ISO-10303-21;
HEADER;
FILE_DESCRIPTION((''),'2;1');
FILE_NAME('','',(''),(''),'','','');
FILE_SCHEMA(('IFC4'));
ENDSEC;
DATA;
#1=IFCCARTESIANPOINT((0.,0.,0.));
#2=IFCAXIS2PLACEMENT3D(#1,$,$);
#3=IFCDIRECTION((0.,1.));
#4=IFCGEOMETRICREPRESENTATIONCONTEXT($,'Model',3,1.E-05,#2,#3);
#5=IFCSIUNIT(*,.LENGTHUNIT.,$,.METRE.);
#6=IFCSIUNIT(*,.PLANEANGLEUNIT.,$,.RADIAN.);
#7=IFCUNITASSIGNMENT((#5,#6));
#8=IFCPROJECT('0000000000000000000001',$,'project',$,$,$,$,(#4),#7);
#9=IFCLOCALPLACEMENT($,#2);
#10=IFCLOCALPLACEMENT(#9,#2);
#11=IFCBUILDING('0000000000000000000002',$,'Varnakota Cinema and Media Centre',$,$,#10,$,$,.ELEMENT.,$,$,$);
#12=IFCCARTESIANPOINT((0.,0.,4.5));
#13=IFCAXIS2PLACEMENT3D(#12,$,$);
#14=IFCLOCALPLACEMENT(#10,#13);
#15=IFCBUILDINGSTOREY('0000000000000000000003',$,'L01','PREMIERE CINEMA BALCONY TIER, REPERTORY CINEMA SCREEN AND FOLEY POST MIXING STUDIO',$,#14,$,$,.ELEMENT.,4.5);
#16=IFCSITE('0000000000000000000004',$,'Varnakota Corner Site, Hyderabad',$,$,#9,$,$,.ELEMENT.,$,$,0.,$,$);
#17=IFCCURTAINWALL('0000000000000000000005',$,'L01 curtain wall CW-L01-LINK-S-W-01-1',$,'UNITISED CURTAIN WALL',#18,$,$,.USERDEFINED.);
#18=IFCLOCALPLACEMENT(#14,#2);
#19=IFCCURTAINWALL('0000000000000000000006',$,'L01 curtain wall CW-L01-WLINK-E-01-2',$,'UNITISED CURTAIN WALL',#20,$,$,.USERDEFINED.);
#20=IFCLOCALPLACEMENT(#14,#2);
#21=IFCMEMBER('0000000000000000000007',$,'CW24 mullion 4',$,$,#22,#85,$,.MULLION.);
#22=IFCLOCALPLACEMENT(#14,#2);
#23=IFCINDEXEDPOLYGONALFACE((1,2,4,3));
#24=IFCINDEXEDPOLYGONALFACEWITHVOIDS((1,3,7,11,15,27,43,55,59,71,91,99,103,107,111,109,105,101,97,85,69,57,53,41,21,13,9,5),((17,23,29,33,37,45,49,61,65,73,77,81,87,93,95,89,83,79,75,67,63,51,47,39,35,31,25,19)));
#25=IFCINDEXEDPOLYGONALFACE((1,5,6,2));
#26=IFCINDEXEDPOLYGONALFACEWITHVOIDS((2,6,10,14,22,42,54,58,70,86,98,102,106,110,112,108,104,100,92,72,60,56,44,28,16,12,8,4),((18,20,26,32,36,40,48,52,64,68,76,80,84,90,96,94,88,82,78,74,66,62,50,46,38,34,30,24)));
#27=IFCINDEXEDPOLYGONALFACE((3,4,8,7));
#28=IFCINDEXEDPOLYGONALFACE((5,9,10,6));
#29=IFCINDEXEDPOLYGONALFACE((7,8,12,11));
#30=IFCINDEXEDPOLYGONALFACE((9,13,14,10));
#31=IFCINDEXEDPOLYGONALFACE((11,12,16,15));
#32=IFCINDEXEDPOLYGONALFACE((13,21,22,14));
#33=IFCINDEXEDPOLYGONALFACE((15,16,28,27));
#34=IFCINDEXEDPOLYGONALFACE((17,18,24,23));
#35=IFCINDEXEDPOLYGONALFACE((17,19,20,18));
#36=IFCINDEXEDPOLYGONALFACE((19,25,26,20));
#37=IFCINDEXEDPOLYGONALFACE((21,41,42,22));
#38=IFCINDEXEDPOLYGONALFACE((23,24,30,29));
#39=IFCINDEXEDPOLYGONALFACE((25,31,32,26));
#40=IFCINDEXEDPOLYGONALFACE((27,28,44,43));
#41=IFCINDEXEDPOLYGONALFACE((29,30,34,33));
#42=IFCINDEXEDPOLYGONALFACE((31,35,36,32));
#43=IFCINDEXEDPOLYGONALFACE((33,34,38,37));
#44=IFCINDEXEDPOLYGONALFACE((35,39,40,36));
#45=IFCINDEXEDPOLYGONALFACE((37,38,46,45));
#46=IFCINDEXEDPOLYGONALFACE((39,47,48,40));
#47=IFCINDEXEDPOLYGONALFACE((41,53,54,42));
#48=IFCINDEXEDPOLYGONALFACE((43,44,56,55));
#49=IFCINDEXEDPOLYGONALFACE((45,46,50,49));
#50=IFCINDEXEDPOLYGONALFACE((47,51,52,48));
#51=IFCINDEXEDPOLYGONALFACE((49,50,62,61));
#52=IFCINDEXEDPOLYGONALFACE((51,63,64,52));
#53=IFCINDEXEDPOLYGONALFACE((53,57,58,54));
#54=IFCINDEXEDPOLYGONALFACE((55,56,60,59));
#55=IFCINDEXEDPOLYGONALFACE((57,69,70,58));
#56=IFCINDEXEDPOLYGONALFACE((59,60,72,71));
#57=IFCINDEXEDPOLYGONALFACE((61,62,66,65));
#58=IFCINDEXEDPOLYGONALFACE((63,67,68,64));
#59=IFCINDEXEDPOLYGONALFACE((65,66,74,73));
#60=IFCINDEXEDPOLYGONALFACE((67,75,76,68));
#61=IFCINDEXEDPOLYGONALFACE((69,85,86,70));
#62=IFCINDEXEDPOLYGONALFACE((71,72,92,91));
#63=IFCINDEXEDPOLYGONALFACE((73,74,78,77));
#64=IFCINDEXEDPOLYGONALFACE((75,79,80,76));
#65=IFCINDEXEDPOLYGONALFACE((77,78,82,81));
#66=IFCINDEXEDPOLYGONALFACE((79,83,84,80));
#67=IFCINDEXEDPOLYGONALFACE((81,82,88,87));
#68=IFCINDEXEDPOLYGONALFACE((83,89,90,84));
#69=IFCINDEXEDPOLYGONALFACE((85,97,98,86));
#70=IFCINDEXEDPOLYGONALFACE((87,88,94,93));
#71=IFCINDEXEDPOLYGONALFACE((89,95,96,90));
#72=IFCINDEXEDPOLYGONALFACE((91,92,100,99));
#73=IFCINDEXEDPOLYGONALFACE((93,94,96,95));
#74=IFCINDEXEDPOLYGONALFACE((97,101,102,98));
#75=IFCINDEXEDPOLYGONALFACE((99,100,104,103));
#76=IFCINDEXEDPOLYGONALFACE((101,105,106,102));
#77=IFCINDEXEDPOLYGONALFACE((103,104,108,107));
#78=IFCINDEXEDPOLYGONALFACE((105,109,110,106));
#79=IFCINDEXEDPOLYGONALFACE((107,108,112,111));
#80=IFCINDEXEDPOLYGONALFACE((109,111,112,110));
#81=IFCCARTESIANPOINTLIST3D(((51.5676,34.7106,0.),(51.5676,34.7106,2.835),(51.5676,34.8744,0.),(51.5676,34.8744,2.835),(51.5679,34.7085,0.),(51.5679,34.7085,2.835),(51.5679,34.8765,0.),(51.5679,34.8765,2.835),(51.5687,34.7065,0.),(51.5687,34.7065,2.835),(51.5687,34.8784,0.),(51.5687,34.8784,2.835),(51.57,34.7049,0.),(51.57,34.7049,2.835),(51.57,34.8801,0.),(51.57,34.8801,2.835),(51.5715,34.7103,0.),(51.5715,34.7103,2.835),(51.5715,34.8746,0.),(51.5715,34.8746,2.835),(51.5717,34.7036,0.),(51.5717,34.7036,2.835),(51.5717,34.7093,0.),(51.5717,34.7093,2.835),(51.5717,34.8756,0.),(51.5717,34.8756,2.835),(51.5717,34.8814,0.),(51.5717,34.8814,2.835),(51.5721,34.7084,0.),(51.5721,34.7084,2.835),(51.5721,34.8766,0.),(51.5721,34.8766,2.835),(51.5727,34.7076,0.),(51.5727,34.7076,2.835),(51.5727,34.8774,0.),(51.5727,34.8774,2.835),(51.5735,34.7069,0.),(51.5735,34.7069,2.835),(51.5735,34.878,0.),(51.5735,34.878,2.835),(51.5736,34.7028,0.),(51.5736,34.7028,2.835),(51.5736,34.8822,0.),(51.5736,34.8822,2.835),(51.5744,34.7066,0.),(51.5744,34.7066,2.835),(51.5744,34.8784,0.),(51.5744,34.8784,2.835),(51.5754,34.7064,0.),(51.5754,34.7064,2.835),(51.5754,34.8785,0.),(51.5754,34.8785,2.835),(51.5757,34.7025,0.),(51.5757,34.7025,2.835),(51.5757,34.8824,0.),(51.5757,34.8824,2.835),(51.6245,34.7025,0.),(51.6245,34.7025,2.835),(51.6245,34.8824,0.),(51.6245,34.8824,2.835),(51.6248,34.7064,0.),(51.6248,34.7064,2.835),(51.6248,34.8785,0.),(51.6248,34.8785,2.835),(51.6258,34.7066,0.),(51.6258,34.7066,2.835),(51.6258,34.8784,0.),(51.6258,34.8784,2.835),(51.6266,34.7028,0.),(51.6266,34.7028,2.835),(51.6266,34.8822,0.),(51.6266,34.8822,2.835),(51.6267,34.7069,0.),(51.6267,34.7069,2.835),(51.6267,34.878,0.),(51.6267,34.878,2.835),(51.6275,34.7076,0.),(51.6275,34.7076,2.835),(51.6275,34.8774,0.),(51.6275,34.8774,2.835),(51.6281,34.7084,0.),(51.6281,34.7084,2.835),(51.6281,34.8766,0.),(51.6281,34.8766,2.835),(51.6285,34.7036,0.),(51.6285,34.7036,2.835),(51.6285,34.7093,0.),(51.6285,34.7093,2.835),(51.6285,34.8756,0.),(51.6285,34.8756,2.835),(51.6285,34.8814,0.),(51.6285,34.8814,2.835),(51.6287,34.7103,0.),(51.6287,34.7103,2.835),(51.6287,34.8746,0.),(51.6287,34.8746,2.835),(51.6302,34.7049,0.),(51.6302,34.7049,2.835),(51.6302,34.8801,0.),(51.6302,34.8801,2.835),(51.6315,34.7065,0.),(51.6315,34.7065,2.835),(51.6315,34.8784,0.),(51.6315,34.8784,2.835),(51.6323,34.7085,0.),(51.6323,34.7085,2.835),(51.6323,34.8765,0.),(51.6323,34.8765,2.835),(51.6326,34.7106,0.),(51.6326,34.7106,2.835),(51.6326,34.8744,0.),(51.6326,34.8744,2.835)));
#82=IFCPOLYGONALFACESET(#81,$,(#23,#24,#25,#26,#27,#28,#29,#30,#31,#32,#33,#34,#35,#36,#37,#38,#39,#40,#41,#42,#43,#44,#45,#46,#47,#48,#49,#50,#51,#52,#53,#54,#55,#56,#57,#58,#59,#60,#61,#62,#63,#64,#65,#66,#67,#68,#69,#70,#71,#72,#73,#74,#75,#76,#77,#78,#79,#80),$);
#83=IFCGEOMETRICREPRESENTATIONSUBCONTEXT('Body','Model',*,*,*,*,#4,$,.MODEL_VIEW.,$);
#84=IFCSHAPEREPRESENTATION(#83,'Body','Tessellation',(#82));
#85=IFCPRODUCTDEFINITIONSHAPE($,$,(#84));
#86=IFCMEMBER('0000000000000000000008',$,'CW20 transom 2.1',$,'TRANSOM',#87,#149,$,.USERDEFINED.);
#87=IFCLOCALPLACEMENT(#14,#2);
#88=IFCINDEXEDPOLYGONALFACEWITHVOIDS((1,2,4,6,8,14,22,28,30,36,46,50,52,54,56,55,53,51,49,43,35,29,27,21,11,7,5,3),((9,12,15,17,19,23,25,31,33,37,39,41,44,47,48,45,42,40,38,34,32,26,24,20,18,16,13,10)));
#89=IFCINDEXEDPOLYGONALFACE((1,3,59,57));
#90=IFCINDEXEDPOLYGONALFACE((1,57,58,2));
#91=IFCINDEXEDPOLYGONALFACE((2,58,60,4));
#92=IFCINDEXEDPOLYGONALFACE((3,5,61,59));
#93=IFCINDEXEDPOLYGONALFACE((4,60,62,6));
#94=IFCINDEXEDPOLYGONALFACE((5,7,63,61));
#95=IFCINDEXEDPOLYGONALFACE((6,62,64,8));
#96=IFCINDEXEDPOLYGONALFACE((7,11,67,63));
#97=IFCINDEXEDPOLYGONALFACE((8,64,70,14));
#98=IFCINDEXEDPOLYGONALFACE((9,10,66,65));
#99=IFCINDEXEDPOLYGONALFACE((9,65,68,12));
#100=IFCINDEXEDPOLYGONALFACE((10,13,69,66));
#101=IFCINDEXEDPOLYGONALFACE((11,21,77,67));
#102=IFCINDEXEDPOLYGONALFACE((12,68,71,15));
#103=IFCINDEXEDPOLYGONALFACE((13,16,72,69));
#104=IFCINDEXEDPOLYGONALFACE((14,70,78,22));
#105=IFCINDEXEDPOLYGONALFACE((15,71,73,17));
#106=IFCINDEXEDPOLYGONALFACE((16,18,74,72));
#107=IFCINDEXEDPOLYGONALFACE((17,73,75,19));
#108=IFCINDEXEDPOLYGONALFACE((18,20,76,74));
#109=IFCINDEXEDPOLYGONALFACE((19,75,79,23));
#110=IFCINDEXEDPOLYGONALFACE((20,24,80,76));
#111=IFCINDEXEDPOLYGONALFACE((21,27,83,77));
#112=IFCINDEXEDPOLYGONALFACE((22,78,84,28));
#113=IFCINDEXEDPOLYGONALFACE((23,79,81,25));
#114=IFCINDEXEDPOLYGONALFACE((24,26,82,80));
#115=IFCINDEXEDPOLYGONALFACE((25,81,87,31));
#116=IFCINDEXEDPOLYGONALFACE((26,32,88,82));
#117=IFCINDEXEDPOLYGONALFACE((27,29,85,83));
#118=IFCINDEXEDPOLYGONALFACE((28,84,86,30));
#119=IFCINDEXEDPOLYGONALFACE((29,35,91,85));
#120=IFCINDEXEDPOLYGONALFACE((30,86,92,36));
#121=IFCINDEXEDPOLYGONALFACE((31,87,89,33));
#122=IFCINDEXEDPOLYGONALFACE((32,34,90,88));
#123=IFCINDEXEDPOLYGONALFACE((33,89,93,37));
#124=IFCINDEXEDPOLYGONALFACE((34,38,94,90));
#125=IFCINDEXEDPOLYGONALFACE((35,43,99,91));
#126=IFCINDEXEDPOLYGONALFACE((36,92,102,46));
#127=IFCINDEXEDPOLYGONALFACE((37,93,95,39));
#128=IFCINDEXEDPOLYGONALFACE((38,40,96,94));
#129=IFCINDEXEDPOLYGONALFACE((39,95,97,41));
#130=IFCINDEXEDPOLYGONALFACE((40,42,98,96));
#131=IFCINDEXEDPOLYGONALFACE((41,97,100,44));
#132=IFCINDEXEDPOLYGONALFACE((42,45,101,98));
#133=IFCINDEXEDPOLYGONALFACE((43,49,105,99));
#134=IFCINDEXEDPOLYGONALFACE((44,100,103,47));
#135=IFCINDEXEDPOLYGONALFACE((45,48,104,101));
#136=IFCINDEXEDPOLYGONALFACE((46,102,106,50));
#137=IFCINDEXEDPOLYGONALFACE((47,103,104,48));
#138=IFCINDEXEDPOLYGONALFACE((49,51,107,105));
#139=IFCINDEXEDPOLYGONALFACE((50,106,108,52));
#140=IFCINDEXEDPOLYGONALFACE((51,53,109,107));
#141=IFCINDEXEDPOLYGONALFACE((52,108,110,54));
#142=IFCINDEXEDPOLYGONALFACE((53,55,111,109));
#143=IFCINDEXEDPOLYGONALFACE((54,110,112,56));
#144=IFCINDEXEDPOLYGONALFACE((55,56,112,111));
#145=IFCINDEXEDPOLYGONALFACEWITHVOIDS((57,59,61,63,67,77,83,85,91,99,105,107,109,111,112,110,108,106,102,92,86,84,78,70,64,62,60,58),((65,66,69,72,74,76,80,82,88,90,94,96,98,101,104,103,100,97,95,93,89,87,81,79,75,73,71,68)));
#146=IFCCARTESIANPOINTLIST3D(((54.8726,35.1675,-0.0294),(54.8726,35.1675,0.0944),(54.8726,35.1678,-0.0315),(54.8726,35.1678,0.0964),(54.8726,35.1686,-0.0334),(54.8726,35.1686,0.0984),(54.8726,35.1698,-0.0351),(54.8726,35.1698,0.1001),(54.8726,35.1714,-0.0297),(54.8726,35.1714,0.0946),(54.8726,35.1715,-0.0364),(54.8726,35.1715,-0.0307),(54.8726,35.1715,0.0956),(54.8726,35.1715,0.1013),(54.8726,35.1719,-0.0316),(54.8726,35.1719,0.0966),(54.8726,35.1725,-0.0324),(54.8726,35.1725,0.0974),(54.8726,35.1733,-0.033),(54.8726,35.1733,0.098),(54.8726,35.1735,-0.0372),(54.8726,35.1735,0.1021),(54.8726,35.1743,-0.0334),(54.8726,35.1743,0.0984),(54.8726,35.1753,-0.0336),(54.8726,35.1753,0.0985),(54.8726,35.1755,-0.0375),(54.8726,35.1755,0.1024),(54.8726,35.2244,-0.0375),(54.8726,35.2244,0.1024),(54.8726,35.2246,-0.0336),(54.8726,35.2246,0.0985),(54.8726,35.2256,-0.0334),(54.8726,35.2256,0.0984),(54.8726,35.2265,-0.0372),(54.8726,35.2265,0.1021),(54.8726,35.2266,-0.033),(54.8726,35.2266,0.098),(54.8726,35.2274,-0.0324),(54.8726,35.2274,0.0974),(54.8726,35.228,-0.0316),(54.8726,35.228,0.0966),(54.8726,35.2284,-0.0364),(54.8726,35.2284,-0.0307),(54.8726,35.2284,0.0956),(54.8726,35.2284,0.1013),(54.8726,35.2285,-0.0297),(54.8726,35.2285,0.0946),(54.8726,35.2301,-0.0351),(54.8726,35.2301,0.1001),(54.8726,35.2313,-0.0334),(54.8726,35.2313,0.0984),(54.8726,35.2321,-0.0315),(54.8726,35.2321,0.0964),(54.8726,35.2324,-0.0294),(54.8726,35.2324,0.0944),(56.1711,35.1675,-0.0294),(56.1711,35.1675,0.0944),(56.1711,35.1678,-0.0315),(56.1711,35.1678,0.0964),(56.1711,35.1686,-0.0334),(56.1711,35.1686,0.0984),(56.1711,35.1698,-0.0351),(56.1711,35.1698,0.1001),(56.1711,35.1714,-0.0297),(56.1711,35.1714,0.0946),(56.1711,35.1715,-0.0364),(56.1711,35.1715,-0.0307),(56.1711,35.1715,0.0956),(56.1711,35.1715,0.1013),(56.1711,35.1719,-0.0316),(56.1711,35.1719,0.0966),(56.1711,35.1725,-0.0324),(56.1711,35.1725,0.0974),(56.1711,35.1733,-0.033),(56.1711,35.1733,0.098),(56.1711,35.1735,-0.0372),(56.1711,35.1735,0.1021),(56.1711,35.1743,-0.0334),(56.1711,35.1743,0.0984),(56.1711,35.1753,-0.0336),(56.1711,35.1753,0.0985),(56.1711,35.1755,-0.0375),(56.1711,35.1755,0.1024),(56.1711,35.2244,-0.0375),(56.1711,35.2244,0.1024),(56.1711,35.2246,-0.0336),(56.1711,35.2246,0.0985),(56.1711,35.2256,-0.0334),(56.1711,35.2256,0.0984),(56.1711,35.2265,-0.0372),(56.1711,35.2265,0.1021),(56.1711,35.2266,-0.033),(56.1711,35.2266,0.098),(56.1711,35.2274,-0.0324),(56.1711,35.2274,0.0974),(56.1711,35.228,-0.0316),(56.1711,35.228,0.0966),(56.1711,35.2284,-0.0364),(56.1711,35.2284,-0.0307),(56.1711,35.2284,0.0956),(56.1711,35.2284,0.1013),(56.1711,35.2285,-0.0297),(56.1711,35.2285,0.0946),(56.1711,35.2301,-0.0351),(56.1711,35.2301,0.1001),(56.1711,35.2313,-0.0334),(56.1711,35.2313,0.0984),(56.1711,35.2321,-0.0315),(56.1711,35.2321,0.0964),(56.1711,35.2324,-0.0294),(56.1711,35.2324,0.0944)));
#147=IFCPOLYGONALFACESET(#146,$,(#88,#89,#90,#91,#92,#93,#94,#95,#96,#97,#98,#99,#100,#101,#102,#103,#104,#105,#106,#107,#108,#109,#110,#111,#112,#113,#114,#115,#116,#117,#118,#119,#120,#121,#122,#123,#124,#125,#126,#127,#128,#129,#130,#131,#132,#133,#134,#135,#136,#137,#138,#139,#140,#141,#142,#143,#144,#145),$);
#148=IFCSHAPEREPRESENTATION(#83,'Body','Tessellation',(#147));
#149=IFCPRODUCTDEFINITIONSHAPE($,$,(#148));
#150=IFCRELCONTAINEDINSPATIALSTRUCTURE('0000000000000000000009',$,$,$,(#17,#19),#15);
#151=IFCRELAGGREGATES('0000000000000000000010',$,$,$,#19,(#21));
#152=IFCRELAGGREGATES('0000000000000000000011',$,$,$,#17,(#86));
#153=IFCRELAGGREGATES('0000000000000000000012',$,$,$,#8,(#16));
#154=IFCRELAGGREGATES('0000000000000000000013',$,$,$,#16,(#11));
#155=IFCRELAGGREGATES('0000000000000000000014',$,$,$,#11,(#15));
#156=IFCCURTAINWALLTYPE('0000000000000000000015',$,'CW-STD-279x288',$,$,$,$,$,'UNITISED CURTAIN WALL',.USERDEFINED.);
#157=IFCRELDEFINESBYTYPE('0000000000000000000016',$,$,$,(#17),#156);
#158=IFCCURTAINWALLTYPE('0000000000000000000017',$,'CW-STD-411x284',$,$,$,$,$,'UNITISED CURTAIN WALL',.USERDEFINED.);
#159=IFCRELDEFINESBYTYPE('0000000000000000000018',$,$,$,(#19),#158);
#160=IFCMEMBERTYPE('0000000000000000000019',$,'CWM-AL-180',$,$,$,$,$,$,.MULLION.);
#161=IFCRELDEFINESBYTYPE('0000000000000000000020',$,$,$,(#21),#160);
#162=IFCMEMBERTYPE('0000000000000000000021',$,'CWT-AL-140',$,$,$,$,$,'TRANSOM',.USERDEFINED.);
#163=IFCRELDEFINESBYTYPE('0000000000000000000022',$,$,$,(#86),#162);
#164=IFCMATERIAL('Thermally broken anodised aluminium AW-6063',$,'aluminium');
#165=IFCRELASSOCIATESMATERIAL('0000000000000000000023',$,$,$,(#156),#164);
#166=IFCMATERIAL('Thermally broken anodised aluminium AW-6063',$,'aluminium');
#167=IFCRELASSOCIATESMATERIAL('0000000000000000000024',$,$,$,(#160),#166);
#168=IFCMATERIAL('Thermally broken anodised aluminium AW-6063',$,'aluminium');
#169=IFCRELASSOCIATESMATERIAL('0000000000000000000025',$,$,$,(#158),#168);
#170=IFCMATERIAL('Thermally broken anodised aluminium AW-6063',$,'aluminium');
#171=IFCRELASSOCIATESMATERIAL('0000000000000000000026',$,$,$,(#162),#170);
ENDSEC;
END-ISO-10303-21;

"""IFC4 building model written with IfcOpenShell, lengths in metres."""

from ifc_helpers import new_model, si_unit, direction, frame, origin, origin_2d, place, context, subcontext, project, spatial, hollow_rectangle, extrude, material, material_profile, profile_set, type_object, element, aggregate, save


model = new_model("IFC4")

# Units and contexts
model_context = context("Model", 3, precision=1e-05, world=origin(), true_north=direction((0.0, 1.0)))
body_context = subcontext(model_context, "Body", "Model", "MODEL_VIEW")
ifc_project = project(units=[si_unit("LENGTHUNIT", "METRE"), si_unit("PLANEANGLEUNIT", "RADIAN")], contexts=[model_context])

# Site, building, storey
site_placement = place(None, origin())
site = spatial("IfcSite", under=ifc_project, at=site_placement, Name="Varnakota Corner Site, Hyderabad", CompositionType="ELEMENT", RefElevation=0.0)
building_placement = place(site_placement, origin())
building = spatial("IfcBuilding", under=site, at=building_placement, Name="Varnakota Cinema and Media Centre", CompositionType="ELEMENT")
storey_placement = place(building_placement, frame((0.0, 0.0, 4.5)))
storey = spatial("IfcBuildingStorey", under=building, at=storey_placement, Name="L01", Description="PREMIERE CINEMA BALCONY TIER, REPERTORY CINEMA SCREEN AND FOLEY POST MIXING STUDIO", CompositionType="ELEMENT", Elevation=4.5)

# Curtain wall
ifc_material_1 = material(Name="Thermally broken anodised aluminium AW-6063", Category="aluminium")
curtain_wall_type_1 = type_object("IfcCurtainWallType", Name="CW-STD-279x288", ElementType="UNITISED CURTAIN WALL", PredefinedType="USERDEFINED", material=ifc_material_1)
curtain_wall_1_placement = place(storey_placement, origin())
curtain_wall_1 = element("IfcCurtainWall", 1, at=curtain_wall_1_placement, inside=storey, type_object=curtain_wall_type_1, Name="L01 curtain wall CW-L01-LINK-S-W-01-1", ObjectType="UNITISED CURTAIN WALL", PredefinedType="USERDEFINED")
ifc_material_2 = material(Name="Thermally broken anodised aluminium AW-6063", Category="aluminium")
ifc_material_profile_1 = material_profile(ifc_material_2, hollow_rectangle(XDim=0.0649, YDim=0.1799, WallThickness=0.0039, InnerFilletRadius=0.0039, OuterFilletRadius=0.0081, at=origin_2d()), Name="AL-MULLION 180x65x4")
ifc_profile_set_1 = profile_set([ifc_material_profile_1], Name="Thermally broken anodised aluminium AW-6063")
member_type_1 = type_object("IfcMemberType", Name="CWM-AL-180", PredefinedType="MULLION", material=ifc_profile_set_1)

# Curtain wall, member
ifc_material_3 = material(Name="Thermally broken anodised aluminium AW-6063", Category="aluminium")
curtain_wall_type_2 = type_object("IfcCurtainWallType", Name="CW-STD-411x284", ElementType="UNITISED CURTAIN WALL", PredefinedType="USERDEFINED", material=ifc_material_3)
curtain_wall_2_placement = place(storey_placement, origin())
curtain_wall_2 = element("IfcCurtainWall", 2, at=curtain_wall_2_placement, inside=storey, type_object=curtain_wall_type_2, Name="L01 curtain wall CW-L01-WLINK-E-01-2", ObjectType="UNITISED CURTAIN WALL", PredefinedType="USERDEFINED")
member_1_placement = place(storey_placement, frame((51.6001, 34.7925, 0.0), z_axis=(0.0, 0.0, 1.0), x_axis=(-1.0, 0.0, 0.0)))
member_1 = element("IfcMember", 3, at=member_1_placement, type_object=member_type_1, Name="CW24 mullion 4", PredefinedType="MULLION", context=body_context, shape_type="SweptSolid", body=[
    extrude(hollow_rectangle(XDim=0.0649, YDim=0.1799, WallThickness=0.0039, InnerFilletRadius=0.0039, OuterFilletRadius=0.0081, at=origin_2d()), origin(), (0.0, 0.0, 1.0), 2.835),
])
aggregate(curtain_wall_2, [member_1])

# Member
ifc_material_4 = material(Name="Thermally broken anodised aluminium AW-6063", Category="aluminium")
ifc_material_profile_2 = material_profile(ifc_material_4, hollow_rectangle(XDim=0.0649, YDim=0.1399, WallThickness=0.0039, InnerFilletRadius=0.0039, OuterFilletRadius=0.0081, at=origin_2d()), Name="AL-TRANSOM 140x65x4")
ifc_profile_set_2 = profile_set([ifc_material_profile_2], Name="Thermally broken anodised aluminium AW-6063")
member_type_2 = type_object("IfcMemberType", Name="CWT-AL-140", ElementType="TRANSOM", PredefinedType="USERDEFINED", material=ifc_profile_set_2)
member_2_placement = place(storey_placement, frame((56.1711, 35.2, 0.0325), z_axis=(-1.0, 0.0, 0.0), x_axis=(0.0, -1.0, 0.0)))
member_2 = element("IfcMember", 4, at=member_2_placement, type_object=member_type_2, Name="CW20 transom 2.1", ObjectType="TRANSOM", PredefinedType="USERDEFINED", context=body_context, shape_type="SweptSolid", body=[
    extrude(hollow_rectangle(XDim=0.0649, YDim=0.1399, WallThickness=0.0039, InnerFilletRadius=0.0039, OuterFilletRadius=0.0081, at=origin_2d()), origin(), (0.0, 0.0, 1.0), 1.2986),
])

aggregate(curtain_wall_1, [member_2])

save(model, "model.ifc")
